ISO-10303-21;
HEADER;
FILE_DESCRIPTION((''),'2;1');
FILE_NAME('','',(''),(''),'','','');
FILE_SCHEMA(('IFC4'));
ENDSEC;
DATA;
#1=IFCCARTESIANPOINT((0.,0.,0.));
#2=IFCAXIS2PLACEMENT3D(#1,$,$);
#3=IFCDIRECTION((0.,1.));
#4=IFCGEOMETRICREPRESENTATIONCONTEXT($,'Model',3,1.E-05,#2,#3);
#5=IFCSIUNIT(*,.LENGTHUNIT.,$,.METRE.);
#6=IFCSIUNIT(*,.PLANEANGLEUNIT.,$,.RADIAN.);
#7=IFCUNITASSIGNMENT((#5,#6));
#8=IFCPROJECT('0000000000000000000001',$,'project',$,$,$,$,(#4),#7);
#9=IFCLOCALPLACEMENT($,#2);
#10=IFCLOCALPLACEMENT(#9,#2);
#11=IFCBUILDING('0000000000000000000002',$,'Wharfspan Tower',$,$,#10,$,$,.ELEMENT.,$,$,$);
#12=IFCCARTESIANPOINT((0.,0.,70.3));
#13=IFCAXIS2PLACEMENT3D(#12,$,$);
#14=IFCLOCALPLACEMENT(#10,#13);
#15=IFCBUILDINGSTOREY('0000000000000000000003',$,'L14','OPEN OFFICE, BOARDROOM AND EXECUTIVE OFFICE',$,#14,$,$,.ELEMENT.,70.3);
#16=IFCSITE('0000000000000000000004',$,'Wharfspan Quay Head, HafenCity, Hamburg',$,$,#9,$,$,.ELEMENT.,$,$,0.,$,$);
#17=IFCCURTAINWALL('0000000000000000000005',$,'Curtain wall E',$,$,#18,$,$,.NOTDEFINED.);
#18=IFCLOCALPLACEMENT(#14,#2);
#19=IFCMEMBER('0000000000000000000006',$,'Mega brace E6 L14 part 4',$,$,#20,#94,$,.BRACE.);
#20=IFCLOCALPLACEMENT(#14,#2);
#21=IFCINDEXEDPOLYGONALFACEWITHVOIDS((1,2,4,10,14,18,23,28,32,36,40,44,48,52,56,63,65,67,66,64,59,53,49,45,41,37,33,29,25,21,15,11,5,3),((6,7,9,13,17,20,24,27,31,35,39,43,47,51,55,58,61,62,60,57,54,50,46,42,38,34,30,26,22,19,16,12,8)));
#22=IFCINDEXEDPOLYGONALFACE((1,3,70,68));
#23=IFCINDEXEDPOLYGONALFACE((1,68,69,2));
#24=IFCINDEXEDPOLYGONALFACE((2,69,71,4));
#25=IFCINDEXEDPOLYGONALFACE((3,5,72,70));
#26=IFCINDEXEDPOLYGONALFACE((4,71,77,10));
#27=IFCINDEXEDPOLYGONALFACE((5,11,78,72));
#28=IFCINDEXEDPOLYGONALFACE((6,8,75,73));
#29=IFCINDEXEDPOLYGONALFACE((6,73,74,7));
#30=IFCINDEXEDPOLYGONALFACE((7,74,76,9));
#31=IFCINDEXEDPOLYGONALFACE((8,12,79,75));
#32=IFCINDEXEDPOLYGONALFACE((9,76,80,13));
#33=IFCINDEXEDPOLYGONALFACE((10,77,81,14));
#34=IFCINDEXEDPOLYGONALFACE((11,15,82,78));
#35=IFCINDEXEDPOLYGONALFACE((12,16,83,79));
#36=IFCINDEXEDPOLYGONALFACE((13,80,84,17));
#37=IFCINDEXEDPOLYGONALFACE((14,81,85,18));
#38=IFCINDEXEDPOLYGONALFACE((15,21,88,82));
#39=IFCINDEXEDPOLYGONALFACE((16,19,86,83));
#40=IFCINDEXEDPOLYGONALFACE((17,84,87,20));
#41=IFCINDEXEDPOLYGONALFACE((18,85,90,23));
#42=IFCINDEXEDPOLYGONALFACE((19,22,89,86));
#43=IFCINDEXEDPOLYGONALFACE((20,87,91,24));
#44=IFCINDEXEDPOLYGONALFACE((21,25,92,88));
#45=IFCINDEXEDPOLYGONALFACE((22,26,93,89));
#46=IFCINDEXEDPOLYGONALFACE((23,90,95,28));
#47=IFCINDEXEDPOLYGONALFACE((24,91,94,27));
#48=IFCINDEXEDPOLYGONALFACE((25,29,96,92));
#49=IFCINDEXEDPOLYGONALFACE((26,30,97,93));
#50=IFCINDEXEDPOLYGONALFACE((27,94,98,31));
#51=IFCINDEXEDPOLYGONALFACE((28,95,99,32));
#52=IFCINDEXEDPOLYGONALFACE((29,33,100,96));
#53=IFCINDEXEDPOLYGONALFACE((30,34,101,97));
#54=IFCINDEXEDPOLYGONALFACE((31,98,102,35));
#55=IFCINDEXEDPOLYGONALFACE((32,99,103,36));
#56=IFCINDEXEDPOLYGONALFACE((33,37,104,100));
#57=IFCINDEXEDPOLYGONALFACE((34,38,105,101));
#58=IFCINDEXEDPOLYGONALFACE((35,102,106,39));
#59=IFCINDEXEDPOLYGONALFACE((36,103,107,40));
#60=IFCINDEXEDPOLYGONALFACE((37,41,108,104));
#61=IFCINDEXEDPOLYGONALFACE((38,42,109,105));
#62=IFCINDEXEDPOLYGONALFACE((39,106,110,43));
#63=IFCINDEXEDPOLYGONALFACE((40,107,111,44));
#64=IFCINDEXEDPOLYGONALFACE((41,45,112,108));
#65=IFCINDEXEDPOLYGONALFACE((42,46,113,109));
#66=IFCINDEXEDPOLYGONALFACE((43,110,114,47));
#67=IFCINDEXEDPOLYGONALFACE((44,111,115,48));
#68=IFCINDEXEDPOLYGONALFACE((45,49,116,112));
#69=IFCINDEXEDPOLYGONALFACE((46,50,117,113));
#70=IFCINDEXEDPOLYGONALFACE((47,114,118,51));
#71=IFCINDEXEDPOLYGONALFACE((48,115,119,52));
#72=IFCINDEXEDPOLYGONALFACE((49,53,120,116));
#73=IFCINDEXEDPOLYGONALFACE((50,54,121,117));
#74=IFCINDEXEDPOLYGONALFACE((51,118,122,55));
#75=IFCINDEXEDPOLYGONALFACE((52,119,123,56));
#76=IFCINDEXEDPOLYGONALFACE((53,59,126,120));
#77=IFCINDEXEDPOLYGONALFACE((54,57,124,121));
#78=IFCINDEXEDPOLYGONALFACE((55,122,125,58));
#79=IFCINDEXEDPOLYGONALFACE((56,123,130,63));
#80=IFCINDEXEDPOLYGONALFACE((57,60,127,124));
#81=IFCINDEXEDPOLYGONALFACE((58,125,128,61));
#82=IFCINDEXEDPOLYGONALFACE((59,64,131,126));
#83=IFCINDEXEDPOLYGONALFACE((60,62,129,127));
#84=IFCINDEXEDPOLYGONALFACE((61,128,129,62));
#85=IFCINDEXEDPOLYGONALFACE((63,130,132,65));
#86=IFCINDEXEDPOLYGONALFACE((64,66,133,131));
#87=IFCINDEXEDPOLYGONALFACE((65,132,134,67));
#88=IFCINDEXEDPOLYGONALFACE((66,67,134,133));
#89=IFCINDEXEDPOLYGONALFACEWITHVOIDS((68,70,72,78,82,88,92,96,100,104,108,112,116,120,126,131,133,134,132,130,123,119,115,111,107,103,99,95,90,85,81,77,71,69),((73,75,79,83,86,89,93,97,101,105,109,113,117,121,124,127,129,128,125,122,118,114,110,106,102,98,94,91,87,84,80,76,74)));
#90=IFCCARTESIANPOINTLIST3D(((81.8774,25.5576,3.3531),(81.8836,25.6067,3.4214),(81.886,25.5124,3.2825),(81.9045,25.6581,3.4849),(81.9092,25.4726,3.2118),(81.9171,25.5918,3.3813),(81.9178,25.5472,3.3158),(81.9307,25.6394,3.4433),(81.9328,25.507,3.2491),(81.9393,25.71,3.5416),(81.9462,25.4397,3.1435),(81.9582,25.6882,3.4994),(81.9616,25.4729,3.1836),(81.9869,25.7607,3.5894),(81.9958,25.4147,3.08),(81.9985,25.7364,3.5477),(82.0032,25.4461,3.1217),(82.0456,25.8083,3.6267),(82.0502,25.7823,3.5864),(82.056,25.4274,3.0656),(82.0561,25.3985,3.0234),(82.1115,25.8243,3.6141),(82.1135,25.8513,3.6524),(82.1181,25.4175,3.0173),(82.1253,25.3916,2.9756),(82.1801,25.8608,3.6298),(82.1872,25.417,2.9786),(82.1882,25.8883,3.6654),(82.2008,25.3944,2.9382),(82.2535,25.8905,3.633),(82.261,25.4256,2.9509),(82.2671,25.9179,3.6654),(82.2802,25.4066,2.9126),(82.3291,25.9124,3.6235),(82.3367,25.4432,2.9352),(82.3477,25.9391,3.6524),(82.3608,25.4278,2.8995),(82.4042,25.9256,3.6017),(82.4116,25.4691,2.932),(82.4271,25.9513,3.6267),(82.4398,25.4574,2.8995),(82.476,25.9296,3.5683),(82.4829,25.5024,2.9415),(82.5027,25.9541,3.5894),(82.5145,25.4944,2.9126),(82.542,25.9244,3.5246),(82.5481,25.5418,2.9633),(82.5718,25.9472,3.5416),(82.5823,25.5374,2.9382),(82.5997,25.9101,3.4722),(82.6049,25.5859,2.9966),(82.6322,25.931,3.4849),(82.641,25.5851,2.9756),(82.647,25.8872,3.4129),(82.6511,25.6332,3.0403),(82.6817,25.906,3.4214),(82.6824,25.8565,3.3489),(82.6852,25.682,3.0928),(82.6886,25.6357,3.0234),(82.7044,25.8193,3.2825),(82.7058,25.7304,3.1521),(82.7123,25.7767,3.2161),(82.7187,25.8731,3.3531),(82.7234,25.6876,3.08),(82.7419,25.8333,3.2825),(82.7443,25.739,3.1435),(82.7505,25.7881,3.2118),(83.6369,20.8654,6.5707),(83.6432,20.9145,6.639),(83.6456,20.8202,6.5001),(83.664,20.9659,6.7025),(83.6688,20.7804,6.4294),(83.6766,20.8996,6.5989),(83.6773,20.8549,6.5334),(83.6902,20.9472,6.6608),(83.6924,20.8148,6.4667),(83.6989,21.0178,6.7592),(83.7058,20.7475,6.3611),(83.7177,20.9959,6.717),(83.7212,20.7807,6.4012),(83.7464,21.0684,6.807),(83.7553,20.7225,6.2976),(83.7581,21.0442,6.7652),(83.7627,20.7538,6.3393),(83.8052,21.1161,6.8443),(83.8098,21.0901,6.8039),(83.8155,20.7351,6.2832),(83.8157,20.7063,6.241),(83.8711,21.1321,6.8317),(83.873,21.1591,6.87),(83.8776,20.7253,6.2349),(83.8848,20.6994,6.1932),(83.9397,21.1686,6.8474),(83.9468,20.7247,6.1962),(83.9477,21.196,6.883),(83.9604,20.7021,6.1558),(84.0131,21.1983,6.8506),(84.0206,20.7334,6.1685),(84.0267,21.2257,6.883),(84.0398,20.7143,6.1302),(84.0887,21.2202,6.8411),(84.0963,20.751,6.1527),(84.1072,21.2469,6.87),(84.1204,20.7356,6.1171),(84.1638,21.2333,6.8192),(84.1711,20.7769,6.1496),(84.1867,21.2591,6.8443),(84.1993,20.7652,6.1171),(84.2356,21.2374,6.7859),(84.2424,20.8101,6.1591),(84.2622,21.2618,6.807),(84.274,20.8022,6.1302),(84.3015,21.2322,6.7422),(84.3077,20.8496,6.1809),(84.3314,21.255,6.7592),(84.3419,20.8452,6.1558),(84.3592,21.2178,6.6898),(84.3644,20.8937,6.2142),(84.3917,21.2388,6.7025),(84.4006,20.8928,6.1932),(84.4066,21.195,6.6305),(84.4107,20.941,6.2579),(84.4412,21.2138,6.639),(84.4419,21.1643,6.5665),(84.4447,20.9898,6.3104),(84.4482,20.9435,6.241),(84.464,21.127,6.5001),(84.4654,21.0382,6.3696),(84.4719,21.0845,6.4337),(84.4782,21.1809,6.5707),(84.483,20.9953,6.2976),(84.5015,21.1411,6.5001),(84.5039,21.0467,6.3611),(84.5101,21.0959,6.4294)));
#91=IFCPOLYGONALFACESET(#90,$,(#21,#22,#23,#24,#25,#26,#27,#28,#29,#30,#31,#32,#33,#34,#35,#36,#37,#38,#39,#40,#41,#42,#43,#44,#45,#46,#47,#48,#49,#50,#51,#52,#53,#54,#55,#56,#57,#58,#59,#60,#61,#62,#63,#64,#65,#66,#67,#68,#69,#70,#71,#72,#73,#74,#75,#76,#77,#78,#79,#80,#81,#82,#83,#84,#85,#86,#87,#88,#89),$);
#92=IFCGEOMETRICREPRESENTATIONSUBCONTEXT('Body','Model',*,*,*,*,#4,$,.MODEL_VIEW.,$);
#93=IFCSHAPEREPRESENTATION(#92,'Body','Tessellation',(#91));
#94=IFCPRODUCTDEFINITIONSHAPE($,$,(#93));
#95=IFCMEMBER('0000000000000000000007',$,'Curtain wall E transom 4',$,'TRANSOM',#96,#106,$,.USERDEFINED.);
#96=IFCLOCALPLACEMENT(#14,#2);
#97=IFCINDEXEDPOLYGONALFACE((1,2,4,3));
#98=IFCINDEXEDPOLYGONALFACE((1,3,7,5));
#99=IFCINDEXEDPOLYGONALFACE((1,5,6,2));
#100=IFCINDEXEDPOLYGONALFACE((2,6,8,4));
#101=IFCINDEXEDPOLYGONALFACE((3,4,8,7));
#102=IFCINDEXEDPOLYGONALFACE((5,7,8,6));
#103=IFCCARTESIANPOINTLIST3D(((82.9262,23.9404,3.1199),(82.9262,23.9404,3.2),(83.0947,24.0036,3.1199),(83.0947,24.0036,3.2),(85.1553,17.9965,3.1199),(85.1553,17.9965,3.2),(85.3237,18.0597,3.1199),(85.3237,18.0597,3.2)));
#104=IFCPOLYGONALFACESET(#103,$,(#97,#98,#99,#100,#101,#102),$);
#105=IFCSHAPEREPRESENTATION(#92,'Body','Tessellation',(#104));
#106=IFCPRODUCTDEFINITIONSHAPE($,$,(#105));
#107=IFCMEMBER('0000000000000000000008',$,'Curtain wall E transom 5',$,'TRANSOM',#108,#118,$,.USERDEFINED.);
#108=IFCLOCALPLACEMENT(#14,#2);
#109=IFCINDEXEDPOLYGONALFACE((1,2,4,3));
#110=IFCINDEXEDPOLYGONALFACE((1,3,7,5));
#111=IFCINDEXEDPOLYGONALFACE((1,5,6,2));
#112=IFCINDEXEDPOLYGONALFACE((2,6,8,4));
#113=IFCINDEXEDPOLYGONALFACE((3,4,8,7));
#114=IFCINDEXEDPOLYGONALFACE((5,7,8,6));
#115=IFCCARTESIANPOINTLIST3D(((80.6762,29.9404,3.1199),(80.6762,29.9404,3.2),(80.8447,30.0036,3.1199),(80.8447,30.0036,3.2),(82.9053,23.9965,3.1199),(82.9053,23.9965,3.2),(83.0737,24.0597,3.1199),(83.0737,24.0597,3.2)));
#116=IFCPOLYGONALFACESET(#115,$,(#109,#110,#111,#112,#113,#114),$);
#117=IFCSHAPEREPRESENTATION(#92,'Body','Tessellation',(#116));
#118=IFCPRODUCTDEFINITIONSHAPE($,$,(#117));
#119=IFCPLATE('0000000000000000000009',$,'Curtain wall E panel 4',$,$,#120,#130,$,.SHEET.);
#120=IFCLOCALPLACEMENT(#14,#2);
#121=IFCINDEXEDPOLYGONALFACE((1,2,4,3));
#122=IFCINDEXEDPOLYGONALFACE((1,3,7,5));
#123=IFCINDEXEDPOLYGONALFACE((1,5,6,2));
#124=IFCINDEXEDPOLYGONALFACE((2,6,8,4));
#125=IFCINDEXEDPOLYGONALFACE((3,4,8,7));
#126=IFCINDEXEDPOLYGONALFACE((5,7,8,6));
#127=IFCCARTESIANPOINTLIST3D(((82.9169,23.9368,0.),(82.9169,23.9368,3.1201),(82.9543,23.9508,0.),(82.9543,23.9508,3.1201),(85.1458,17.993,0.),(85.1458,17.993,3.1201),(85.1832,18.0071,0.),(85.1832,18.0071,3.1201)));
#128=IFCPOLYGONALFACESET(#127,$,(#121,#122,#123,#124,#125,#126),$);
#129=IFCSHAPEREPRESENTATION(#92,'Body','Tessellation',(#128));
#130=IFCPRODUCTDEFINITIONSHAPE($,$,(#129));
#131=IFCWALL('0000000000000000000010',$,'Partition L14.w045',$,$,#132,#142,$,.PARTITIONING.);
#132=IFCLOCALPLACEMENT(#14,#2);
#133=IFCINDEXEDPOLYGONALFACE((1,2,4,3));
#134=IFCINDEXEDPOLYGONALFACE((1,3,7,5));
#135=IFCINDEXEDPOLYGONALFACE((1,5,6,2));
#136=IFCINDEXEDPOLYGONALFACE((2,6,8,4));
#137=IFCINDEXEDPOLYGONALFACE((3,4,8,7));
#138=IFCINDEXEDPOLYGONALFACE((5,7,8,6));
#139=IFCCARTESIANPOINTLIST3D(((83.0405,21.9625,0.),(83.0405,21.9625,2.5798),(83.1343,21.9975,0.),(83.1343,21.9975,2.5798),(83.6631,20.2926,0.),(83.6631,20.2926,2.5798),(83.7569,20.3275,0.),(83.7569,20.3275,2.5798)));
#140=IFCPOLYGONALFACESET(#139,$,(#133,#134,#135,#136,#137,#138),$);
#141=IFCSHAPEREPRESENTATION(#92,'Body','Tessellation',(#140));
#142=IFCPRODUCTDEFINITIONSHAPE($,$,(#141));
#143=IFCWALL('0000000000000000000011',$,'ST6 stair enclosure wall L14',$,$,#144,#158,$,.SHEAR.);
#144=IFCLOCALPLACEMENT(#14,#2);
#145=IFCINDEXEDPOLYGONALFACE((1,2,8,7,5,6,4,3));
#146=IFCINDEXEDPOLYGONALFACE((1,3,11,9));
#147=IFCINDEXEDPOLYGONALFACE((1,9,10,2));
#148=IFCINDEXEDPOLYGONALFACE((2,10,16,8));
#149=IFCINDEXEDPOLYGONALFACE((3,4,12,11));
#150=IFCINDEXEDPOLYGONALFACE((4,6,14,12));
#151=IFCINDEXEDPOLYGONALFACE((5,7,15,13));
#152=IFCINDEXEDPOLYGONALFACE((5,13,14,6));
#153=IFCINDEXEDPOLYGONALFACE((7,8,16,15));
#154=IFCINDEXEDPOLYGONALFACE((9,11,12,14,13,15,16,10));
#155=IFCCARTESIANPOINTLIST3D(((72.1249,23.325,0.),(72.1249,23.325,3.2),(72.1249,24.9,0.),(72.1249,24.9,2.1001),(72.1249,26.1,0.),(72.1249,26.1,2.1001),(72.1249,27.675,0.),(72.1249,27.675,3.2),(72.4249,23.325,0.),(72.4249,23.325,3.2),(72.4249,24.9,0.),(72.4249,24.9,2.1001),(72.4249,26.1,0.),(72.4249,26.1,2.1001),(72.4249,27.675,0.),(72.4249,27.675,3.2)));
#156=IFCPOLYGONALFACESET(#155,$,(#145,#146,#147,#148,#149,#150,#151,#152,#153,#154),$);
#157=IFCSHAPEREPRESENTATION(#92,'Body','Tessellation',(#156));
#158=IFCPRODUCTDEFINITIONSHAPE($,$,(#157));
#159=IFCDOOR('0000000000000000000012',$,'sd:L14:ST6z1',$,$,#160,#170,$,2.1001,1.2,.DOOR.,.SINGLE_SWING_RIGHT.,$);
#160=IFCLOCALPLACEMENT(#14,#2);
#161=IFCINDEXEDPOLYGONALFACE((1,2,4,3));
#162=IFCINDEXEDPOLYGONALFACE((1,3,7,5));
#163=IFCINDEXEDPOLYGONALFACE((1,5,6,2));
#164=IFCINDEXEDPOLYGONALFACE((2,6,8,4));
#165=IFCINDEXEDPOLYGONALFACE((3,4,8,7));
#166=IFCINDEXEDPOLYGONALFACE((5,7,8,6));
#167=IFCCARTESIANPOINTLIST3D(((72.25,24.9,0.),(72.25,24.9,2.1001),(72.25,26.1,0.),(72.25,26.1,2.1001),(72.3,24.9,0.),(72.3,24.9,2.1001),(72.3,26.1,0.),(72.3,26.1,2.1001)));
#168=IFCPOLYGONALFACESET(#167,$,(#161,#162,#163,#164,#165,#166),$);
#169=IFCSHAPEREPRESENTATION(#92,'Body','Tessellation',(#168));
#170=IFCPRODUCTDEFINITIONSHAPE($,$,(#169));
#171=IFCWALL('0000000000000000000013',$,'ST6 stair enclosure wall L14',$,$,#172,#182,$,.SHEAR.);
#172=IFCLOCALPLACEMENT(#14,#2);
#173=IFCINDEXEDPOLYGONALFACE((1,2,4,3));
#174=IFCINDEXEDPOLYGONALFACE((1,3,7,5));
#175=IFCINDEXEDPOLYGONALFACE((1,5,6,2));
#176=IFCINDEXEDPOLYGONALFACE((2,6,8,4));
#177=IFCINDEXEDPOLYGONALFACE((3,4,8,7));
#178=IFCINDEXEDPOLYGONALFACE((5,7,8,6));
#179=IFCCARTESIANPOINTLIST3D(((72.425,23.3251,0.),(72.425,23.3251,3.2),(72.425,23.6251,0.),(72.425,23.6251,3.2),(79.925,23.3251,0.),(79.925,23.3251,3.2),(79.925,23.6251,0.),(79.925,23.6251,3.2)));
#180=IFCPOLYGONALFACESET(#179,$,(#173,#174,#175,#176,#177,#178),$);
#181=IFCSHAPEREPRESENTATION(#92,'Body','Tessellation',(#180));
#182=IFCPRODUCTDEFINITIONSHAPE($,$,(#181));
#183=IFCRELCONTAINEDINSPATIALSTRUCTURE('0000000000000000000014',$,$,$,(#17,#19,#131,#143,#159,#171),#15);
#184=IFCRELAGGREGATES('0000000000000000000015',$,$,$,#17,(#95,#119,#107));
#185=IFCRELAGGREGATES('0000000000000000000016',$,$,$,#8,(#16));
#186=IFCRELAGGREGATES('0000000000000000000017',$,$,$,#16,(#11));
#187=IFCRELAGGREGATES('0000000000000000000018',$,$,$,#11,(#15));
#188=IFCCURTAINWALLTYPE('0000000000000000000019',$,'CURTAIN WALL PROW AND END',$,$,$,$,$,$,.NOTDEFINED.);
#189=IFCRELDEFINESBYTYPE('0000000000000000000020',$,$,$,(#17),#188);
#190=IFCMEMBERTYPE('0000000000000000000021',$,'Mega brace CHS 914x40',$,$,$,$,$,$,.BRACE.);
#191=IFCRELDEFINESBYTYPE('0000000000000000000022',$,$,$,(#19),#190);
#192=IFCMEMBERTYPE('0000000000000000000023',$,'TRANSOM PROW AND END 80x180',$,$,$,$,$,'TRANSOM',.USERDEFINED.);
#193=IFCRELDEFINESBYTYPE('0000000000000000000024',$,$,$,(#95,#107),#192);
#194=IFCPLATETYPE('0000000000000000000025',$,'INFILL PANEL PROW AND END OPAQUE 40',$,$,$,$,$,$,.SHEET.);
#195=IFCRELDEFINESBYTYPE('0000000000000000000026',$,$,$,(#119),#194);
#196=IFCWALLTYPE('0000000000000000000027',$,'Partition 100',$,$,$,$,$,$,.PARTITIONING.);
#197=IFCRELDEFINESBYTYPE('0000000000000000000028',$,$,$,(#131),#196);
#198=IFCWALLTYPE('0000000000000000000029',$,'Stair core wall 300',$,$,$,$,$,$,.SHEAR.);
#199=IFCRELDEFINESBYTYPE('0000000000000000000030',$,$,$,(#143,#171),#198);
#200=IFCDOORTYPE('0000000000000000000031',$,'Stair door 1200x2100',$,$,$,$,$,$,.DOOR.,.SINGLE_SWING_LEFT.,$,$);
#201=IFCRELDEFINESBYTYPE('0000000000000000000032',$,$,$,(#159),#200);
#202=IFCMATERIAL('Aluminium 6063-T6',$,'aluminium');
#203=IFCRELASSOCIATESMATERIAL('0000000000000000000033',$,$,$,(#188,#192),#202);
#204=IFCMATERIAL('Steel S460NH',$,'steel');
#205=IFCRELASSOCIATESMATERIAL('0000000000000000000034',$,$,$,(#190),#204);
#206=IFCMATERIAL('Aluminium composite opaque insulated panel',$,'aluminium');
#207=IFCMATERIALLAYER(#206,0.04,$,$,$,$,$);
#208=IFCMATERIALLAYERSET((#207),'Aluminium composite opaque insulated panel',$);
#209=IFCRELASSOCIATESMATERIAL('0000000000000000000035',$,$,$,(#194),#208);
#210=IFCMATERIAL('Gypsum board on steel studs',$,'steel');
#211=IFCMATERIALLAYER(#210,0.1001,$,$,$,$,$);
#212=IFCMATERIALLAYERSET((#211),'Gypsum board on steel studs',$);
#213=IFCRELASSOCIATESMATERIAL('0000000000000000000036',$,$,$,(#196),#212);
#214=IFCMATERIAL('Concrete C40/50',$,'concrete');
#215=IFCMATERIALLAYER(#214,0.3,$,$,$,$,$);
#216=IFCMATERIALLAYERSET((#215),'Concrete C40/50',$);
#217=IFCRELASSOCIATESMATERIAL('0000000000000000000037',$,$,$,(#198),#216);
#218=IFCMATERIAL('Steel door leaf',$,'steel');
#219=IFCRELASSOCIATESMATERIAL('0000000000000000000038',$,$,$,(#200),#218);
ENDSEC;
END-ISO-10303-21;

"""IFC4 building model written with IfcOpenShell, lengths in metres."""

from ifc_helpers import new_model, si_unit, direction, frame, frame_2d, origin, origin_2d, place, context, subcontext, project, spatial, rectangle, hollow_circle, extrude, material, layer, layer_set, material_profile, profile_set, type_object, element, fill, aggregate, save


model = new_model("IFC4")

# Units and contexts
model_context = context("Model", 3, precision=1e-05, world=origin(), true_north=direction((0.0, 1.0)))
body_context = subcontext(model_context, "Body", "Model", "MODEL_VIEW")
ifc_project = project(units=[si_unit("LENGTHUNIT", "METRE"), si_unit("PLANEANGLEUNIT", "RADIAN")], contexts=[model_context])

# Site, building, storey
site_placement = place(None, origin())
site = spatial("IfcSite", under=ifc_project, at=site_placement, Name="Wharfspan Quay Head, HafenCity, Hamburg", CompositionType="ELEMENT", RefElevation=0.0)
building_placement = place(site_placement, origin())
building = spatial("IfcBuilding", under=site, at=building_placement, Name="Wharfspan Tower", CompositionType="ELEMENT")
storey_placement = place(building_placement, frame((0.0, 0.0, 70.3)))
storey = spatial("IfcBuildingStorey", under=building, at=storey_placement, Name="L14", Description="OPEN OFFICE, BOARDROOM AND EXECUTIVE OFFICE", CompositionType="ELEMENT", Elevation=70.3)

# Curtain wall
ifc_material_1 = material(Name="Aluminium 6063-T6", Category="aluminium")
curtain_wall_type = type_object("IfcCurtainWallType", Name="CURTAIN WALL PROW AND END", PredefinedType="NOTDEFINED", material=ifc_material_1)
curtain_wall_placement = place(storey_placement, origin())
curtain_wall = element("IfcCurtainWall", 1, at=curtain_wall_placement, inside=storey, type_object=curtain_wall_type, Name="Curtain wall E", PredefinedType="NOTDEFINED")

# Member
ifc_material_2 = material(Name="Steel S460NH", Category="steel")
ifc_material_profile_1 = material_profile(ifc_material_2, hollow_circle(Radius=0.457, WallThickness=0.04, at=origin_2d()))
ifc_profile_set_1 = profile_set([ifc_material_profile_1], Name="Steel S460NH")
member_type_1 = type_object("IfcMemberType", Name="Mega brace CHS 914x40", PredefinedType="BRACE", material=ifc_profile_set_1)
for number, where, z_axis, x_axis, name in (
    (2, (82.314, 25.6729, 3.2825), (0.295459, -0.787904, 0.540288), (0.936328, 0.351115, -0.000003), "Mega brace E6 L14 part 4"),
):
    element("IfcMember", number, at=place(storey_placement, frame(where, z_axis=z_axis, x_axis=x_axis)), inside=storey, type_object=member_type_1, Name=name, PredefinedType="BRACE", context=body_context, shape_type="SweptSolid", body=[
        extrude(hollow_circle(Radius=0.457, WallThickness=0.04, at=origin_2d()), origin(), (0.0, 0.0, 1.0), 5.9553),
    ])

# Members
ifc_material_profile_2 = material_profile(ifc_material_1, rectangle(XDim=0.1799, YDim=0.0801, at=origin_2d()))
ifc_profile_set_2 = profile_set([ifc_material_profile_2], Name="Aluminium 6063-T6")
member_type_2 = type_object("IfcMemberType", Name="TRANSOM PROW AND END 80x180", ElementType="TRANSOM", PredefinedType="USERDEFINED", material=ifc_profile_set_2)
member_1_placement = place(storey_placement, frame((85.2395, 18.0281, 3.1599), z_axis=(-0.351132, 0.936326, 0.0), x_axis=(-0.936326, -0.351132, 0.0)))
member_1 = element("IfcMember", 3, at=member_1_placement, type_object=member_type_2, Name="Curtain wall E transom 4", ObjectType="TRANSOM", PredefinedType="USERDEFINED", context=body_context, shape_type="SweptSolid", body=[
    extrude(rectangle(XDim=0.1799, YDim=0.0801, at=origin_2d()), origin(), (0.0, 0.0, 1.0), 6.3481),
])
member_2_placement = place(storey_placement, frame((82.9895, 24.0281, 3.1599), z_axis=(-0.351132, 0.936326, 0.0), x_axis=(-0.936326, -0.351132, 0.0)))
member_2 = element("IfcMember", 4, at=member_2_placement, type_object=member_type_2, Name="Curtain wall E transom 5", ObjectType="TRANSOM", PredefinedType="USERDEFINED", context=body_context, shape_type="SweptSolid", body=[
    extrude(rectangle(XDim=0.1799, YDim=0.0801, at=origin_2d()), origin(), (0.0, 0.0, 1.0), 6.3481),
])

# Plate
ifc_material_3 = material(Name="Aluminium composite opaque insulated panel", Category="aluminium")
ifc_layer_1 = layer(ifc_material_3, 0.04)
ifc_layer_set_1 = layer_set([ifc_layer_1], Name="Aluminium composite opaque insulated panel")
plate_type = type_object("IfcPlateType", Name="INFILL PANEL PROW AND END OPAQUE 40", PredefinedType="SHEET", material=ifc_layer_set_1)
plate_placement = place(storey_placement, frame((84.05, 20.9719, 0.0), z_axis=(0.0, 0.0, 1.0), x_axis=(-0.351123, 0.936328, 0.0)))
plate = element("IfcPlate", 5, at=plate_placement, type_object=plate_type, Name="Curtain wall E panel 4", PredefinedType="SHEET", context=body_context, shape_type="SweptSolid", body=[
    extrude(rectangle(XDim=6.3479, YDim=0.04, at=origin_2d()), origin(), (0.0, 0.0, 1.0), 3.1201),
])
aggregate(curtain_wall, [member_1, plate, member_2])

# Wall
ifc_material_4 = material(Name="Gypsum board on steel studs", Category="steel")
ifc_layer_2 = layer(ifc_material_4, 0.1001)
ifc_layer_set_2 = layer_set([ifc_layer_2], Name="Gypsum board on steel studs")
wall_type_1 = type_object("IfcWallType", Name="Partition 100", PredefinedType="PARTITIONING", material=ifc_layer_set_2)
wall_1_placement = place(storey_placement, frame((83.71, 20.3101, 0.0), z_axis=(0.0, 0.0, 1.0), x_axis=(-0.349322, 0.937005, 0.0)))
element("IfcWall", 6, at=wall_1_placement, inside=storey, type_object=wall_type_1, Name="Partition L14.w045", PredefinedType="PARTITIONING", context=body_context, shape_type="SweptSolid", body=[
    extrude(rectangle(XDim=1.7822, YDim=0.1001, at=frame_2d((0.8911, 0.0))), origin(), (0.0, 0.0, 1.0), 2.5798),
])

# Wall, opening, door
ifc_material_5 = material(Name="Concrete C40/50", Category="concrete")
ifc_layer_3 = layer(ifc_material_5, 0.3)
ifc_layer_set_3 = layer_set([ifc_layer_3], Name="Concrete C40/50")
wall_type_2 = type_object("IfcWallType", Name="Stair core wall 300", PredefinedType="SHEAR", material=ifc_layer_set_3)
wall_2_placement = place(storey_placement, frame((72.2749, 23.325, 0.0), z_axis=(0.0, 0.0, 1.0), x_axis=(0.0, 1.0, 0.0)))
wall_2 = element("IfcWall", 7, at=wall_2_placement, inside=storey, type_object=wall_type_2, Name="ST6 stair enclosure wall L14", PredefinedType="SHEAR", context=body_context, shape_type="SweptSolid", body=[
    extrude(rectangle(XDim=4.3501, YDim=0.3, at=frame_2d((2.175, 0.0))), origin(), (0.0, 0.0, 1.0), 3.2),
])
opening_placement = place(wall_2_placement, frame((1.575, 0.0, 0.0)))
opening = element("IfcOpeningElement", 8, at=opening_placement, cuts=wall_2, PredefinedType="OPENING", context=body_context, shape_type="SweptSolid", body=[
    extrude(rectangle(XDim=1.2, YDim=2.1001, at=frame_2d((0.6001, 1.05))), frame((0.0, 0.1599, 0.0), z_axis=(0.0, -1.0, 0.0), x_axis=(1.0, 0.0, 0.0)), (0.0, 0.0, 1.0), 0.3201),
])
ifc_material_6 = material(Name="Steel door leaf", Category="steel")
door_type = type_object("IfcDoorType", Name="Stair door 1200x2100", OperationType="SINGLE_SWING_LEFT", PredefinedType="DOOR", material=ifc_material_6)
door_placement = place(opening_placement, origin())
door = element("IfcDoor", 9, at=door_placement, inside=storey, type_object=door_type, Name="sd:L14:ST6z1", OperationType="SINGLE_SWING_RIGHT", OverallHeight=2.1001, OverallWidth=1.2, PredefinedType="DOOR", context=body_context, shape_type="SweptSolid", body=[
    extrude(rectangle(XDim=1.2, YDim=2.1001, at=frame_2d((0.6001, 1.05))), frame((0.0, 0.0249, 0.0), z_axis=(0.0, -1.0, 0.0), x_axis=(1.0, 0.0, 0.0)), (0.0, 0.0, 1.0), 0.05),
])
fill(opening, door)

# Wall
wall_3_placement = place(storey_placement, frame((72.425, 23.4751, 0.0), z_axis=(0.0, 0.0, 1.0), x_axis=(1.0, 0.0, 0.0)))
element("IfcWall", 10, at=wall_3_placement, inside=storey, type_object=wall_type_2, Name="ST6 stair enclosure wall L14", PredefinedType="SHEAR", context=body_context, shape_type="SweptSolid", body=[
    extrude(rectangle(XDim=7.5, YDim=0.3, at=frame_2d((3.75, 0.0))), origin(), (0.0, 0.0, 1.0), 3.2),
])

save(model, "model.ifc")
